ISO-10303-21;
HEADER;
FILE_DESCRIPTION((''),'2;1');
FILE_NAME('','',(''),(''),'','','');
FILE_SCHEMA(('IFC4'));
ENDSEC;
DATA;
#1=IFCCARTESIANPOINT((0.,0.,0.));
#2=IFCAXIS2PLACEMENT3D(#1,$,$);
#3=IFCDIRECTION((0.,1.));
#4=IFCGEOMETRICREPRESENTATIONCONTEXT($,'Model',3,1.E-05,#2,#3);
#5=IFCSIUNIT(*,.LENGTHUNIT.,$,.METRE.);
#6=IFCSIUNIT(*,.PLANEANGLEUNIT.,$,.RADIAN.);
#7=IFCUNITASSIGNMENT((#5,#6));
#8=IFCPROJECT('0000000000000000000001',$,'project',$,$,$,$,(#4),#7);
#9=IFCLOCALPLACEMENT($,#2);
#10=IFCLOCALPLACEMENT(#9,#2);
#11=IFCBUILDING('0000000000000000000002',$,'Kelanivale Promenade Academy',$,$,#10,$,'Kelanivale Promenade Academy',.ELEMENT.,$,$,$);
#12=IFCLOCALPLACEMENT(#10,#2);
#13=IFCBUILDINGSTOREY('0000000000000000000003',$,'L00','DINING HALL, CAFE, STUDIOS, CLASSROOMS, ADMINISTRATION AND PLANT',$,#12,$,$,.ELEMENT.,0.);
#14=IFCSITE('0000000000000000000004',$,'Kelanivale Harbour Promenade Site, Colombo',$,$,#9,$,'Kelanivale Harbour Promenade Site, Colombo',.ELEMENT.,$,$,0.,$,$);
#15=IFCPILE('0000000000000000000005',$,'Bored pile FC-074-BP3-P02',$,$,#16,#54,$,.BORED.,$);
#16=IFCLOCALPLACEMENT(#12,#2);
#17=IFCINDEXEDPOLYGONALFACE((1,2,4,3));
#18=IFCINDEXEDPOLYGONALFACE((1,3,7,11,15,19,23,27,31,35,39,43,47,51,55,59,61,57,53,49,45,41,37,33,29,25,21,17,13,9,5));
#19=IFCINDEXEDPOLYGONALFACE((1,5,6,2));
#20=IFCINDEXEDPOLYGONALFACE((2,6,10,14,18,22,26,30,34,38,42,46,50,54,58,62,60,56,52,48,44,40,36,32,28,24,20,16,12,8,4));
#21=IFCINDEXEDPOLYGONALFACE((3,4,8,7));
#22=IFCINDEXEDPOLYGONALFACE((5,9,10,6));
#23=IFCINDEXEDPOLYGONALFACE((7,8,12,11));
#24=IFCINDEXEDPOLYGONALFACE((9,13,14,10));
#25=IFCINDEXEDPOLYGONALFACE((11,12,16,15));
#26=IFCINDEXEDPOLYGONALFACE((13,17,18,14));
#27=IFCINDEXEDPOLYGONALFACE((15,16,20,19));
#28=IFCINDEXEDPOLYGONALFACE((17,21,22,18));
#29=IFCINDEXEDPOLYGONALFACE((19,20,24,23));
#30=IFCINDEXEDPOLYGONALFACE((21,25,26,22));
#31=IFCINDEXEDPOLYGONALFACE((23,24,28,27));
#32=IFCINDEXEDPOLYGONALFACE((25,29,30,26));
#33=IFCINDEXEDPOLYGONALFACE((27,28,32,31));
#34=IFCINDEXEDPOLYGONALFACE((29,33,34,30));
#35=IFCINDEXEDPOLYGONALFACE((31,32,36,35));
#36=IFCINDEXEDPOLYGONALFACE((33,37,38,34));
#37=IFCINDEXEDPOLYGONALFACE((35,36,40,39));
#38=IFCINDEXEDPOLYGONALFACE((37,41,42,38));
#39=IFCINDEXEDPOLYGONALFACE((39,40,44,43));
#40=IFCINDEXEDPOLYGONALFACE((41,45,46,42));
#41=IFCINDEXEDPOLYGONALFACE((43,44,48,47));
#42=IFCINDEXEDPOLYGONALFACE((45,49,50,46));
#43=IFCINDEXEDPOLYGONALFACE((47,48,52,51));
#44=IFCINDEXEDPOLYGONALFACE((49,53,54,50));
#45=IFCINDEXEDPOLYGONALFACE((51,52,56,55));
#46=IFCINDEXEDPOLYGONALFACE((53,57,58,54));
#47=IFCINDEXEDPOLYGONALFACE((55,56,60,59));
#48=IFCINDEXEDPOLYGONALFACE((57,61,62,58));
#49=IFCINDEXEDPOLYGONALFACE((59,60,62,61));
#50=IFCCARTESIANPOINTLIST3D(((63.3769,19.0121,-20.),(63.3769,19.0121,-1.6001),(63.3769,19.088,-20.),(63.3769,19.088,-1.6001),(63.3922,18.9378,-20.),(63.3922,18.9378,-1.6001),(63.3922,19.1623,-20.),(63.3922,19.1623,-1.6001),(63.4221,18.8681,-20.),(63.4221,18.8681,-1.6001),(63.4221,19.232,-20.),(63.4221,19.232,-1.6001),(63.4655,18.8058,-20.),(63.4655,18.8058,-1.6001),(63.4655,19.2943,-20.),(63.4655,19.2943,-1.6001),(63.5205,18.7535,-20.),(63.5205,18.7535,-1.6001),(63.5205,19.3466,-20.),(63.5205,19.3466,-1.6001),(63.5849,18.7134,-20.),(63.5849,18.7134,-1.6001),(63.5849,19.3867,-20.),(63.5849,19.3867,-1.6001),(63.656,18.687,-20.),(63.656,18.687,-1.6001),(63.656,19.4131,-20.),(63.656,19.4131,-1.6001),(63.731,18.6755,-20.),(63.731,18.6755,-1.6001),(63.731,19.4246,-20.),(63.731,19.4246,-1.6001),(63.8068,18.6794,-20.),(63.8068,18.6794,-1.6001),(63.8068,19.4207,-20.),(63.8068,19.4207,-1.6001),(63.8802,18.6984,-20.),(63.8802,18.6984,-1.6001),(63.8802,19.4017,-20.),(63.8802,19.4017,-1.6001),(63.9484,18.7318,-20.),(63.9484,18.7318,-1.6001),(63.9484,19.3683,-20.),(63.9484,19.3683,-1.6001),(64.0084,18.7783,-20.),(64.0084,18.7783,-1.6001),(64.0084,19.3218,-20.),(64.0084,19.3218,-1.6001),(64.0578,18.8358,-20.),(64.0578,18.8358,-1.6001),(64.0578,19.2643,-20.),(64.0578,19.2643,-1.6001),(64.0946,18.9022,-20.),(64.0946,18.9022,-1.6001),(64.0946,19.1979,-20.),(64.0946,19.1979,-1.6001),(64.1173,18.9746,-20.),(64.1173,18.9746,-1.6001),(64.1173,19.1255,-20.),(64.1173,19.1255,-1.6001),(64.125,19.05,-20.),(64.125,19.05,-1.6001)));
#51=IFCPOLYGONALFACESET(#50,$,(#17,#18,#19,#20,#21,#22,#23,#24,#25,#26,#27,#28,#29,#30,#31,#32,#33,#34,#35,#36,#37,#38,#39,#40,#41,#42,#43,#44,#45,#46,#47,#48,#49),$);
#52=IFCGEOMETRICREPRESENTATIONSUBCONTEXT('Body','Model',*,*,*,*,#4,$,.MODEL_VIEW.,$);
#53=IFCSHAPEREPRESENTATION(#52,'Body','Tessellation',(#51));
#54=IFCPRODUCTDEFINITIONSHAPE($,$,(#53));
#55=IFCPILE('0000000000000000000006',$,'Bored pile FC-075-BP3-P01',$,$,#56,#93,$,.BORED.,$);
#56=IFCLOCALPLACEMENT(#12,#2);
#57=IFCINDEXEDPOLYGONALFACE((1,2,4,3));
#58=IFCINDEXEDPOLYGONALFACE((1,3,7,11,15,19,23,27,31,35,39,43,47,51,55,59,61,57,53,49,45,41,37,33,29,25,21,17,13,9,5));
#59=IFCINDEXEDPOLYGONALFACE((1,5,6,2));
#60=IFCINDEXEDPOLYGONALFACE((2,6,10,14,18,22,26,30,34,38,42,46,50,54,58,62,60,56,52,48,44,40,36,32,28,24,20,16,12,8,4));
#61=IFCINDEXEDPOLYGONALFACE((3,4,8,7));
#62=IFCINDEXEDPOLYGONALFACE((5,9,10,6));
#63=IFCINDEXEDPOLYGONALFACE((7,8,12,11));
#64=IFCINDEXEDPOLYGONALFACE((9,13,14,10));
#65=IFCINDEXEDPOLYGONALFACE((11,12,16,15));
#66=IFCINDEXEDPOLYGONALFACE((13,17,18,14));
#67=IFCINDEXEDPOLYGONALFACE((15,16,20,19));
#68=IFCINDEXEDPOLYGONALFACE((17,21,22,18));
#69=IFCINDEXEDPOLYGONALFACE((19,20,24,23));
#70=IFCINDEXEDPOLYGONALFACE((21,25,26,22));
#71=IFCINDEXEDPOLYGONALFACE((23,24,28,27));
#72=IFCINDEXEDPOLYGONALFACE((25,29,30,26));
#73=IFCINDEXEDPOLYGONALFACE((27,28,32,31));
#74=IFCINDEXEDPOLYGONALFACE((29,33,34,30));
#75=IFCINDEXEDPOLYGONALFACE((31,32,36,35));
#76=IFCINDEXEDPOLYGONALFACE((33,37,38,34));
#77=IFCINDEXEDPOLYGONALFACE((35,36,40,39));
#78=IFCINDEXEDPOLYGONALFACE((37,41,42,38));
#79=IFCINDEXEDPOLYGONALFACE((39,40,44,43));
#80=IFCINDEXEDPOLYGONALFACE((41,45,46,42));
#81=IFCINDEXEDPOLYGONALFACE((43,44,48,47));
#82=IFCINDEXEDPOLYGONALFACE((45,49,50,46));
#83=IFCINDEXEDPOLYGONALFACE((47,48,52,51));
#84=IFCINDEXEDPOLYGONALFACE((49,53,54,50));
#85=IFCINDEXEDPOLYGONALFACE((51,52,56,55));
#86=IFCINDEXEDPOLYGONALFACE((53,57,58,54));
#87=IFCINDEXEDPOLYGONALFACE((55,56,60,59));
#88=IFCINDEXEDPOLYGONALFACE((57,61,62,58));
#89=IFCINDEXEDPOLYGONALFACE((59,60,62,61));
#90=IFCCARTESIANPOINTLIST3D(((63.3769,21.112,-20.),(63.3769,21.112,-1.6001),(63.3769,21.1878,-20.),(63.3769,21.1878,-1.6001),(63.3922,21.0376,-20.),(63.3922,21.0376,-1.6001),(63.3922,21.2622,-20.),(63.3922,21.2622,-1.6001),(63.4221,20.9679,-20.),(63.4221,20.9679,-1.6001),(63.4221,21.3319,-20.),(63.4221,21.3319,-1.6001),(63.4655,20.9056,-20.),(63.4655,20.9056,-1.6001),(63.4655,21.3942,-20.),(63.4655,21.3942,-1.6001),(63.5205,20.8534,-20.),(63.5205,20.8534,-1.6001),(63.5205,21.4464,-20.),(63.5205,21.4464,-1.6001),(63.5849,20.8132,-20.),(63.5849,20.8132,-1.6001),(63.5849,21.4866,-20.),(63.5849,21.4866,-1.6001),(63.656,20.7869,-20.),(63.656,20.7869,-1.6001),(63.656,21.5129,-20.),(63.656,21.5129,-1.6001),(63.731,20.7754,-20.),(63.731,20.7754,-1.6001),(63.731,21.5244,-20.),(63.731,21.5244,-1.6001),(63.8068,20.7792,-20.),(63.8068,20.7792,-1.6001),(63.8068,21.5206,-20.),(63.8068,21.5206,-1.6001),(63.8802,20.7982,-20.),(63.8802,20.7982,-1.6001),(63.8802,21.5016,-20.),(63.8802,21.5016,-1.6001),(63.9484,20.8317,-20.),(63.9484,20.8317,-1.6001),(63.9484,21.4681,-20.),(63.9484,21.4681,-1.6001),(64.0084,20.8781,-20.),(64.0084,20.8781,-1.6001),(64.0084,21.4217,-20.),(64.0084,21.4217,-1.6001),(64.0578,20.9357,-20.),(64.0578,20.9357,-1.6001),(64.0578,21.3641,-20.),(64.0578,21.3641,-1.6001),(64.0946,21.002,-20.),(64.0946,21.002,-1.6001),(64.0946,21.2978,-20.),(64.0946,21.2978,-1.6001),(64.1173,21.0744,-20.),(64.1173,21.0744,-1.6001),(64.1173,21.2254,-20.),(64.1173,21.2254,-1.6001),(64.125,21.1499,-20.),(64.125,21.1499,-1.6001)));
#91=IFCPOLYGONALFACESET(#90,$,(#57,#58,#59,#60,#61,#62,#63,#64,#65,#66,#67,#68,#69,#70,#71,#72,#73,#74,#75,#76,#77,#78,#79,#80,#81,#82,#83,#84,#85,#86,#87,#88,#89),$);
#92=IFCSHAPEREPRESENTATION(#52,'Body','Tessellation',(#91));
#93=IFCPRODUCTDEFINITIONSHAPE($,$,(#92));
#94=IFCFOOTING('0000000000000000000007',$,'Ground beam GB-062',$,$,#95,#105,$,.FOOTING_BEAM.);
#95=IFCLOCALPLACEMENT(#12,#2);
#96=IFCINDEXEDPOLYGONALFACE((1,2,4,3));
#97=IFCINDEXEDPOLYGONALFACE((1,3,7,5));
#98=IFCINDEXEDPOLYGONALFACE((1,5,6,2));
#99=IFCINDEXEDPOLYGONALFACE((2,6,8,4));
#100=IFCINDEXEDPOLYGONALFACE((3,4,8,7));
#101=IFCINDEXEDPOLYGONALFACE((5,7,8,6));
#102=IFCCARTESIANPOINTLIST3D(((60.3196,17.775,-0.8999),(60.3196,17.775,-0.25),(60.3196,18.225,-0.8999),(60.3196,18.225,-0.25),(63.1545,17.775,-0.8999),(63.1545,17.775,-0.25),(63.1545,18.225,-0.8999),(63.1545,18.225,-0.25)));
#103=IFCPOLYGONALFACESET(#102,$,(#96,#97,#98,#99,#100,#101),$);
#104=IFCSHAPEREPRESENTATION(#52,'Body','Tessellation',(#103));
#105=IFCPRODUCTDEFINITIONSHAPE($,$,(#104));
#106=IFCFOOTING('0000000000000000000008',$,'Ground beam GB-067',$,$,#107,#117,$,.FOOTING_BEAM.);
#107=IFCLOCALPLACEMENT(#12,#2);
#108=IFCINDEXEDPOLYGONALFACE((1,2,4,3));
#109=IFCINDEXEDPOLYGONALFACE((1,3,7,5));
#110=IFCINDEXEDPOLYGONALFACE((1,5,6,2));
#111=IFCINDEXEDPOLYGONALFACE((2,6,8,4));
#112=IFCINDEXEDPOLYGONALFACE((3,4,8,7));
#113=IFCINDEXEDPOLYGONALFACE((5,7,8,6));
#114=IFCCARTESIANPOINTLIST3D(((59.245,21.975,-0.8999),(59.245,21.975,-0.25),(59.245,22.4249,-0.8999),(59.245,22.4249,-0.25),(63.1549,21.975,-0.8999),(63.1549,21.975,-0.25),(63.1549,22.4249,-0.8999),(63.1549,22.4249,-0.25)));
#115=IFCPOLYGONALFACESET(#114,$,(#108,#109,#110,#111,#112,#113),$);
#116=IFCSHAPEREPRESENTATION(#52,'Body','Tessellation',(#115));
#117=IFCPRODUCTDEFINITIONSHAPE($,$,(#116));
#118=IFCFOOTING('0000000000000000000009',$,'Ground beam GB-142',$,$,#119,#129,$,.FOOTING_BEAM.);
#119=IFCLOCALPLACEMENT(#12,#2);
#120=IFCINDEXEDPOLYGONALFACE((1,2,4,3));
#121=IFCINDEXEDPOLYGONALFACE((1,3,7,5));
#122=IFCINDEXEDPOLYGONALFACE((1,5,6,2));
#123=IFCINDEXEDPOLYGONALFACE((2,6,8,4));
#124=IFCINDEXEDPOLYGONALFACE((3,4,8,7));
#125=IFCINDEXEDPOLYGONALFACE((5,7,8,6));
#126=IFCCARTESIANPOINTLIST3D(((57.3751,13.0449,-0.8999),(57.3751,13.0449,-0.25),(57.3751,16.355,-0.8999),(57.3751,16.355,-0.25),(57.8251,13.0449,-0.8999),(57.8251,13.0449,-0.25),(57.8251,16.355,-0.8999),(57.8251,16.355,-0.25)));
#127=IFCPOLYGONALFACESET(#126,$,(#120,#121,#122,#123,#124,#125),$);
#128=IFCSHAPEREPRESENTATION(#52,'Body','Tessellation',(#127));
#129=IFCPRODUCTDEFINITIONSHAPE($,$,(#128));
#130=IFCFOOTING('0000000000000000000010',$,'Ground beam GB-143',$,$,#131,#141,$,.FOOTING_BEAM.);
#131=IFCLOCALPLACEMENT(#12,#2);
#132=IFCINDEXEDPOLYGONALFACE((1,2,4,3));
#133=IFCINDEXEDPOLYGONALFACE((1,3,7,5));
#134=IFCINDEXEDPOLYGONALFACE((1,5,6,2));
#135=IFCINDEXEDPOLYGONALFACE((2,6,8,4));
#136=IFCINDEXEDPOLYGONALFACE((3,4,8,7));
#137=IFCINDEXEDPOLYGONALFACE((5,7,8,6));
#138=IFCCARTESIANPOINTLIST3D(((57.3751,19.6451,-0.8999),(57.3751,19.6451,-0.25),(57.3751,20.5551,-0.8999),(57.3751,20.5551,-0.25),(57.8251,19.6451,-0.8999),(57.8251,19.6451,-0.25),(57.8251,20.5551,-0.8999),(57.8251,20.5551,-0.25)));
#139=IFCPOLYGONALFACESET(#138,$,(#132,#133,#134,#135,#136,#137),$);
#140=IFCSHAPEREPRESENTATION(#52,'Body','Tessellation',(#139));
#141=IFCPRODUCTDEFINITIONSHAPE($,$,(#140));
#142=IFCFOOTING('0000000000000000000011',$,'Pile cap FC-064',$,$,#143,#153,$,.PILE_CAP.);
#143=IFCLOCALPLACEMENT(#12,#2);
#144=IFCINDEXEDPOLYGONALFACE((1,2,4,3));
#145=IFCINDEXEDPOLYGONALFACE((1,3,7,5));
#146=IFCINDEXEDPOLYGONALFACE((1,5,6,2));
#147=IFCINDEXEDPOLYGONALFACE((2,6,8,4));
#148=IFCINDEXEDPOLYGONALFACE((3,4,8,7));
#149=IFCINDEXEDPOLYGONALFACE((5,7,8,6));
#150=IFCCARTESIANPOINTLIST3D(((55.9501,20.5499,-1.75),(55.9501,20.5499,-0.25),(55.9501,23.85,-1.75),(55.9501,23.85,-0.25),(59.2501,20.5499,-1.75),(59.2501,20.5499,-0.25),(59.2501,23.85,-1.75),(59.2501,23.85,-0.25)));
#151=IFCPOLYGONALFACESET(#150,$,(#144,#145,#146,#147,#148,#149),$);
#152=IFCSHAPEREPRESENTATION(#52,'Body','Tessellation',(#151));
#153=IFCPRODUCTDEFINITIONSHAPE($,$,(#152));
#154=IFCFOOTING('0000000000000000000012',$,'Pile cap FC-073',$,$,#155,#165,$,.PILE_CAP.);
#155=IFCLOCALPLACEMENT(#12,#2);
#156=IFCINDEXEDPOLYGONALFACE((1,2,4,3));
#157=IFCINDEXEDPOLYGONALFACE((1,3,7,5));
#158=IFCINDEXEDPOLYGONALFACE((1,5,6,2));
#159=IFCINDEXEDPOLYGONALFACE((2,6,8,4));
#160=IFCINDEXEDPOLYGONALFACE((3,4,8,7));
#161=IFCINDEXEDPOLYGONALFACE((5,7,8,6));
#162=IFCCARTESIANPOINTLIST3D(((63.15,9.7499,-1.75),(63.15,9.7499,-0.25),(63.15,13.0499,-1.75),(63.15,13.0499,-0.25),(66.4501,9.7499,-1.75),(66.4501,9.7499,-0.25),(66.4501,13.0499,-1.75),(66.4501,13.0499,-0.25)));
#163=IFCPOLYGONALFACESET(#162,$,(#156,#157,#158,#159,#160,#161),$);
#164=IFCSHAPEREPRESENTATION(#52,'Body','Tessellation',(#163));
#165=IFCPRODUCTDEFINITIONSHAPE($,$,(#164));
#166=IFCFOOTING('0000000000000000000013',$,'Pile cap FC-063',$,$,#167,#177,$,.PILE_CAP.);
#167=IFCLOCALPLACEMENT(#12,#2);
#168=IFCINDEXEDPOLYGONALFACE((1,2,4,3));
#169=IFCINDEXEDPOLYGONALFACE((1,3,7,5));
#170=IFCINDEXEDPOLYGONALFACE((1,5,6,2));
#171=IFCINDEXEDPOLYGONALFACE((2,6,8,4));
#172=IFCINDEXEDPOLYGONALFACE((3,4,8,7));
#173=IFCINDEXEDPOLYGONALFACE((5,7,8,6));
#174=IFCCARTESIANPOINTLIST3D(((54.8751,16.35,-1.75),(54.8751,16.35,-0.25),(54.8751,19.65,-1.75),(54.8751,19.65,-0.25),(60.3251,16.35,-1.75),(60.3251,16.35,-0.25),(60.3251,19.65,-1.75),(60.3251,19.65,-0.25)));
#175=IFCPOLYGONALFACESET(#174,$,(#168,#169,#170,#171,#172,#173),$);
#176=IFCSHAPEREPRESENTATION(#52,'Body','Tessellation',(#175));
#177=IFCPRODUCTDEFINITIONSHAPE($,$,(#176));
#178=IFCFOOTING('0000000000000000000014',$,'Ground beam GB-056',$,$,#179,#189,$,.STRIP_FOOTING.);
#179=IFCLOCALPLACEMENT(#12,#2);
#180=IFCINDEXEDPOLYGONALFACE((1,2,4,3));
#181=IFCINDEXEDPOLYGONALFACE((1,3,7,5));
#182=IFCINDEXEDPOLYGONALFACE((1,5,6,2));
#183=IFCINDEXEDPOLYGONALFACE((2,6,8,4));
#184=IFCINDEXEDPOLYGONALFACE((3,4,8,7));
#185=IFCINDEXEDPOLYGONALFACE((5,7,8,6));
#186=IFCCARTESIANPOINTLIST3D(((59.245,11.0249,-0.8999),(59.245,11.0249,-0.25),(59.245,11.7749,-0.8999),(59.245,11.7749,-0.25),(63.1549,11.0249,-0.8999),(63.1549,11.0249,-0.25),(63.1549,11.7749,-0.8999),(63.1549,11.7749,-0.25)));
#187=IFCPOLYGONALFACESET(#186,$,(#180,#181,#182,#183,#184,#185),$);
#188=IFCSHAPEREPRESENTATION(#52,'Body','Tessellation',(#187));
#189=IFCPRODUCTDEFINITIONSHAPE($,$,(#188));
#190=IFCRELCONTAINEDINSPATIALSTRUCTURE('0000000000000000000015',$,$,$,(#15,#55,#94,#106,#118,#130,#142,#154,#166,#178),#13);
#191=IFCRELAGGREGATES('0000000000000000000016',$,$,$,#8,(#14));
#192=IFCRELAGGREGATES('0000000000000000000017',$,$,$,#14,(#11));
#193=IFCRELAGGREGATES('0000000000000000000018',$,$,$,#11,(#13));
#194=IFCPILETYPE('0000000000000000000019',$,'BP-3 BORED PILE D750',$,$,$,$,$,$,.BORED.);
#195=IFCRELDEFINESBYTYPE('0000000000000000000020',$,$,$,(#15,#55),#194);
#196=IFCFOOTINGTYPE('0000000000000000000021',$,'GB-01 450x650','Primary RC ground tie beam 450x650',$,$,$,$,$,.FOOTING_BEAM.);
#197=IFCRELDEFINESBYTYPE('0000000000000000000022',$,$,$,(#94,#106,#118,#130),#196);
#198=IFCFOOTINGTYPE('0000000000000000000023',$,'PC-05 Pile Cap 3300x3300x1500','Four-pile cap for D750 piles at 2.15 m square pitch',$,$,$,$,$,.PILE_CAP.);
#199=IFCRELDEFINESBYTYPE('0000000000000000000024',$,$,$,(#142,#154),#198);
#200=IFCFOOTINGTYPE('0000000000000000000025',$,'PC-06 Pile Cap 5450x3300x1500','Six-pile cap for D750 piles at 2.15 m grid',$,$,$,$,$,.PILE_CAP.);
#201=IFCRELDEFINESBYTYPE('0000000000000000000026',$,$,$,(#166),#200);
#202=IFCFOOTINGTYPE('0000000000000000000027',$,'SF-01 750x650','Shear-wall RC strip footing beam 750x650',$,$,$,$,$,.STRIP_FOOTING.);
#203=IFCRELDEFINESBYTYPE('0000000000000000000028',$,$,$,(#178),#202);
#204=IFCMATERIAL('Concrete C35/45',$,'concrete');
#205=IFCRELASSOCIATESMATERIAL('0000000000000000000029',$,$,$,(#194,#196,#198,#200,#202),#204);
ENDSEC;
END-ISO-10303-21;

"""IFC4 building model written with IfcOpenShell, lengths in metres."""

from ifc_helpers import new_model, si_unit, direction, frame, origin, origin_2d, place, context, subcontext, project, spatial, rectangle, circle, extrude, material, material_profile, profile_set, type_object, element, save


model = new_model("IFC4")

# Units and contexts
model_context = context("Model", 3, precision=1e-05, world=origin(), true_north=direction((0.0, 1.0)))
body_context = subcontext(model_context, "Body", "Model", "MODEL_VIEW")
ifc_project = project(units=[si_unit("LENGTHUNIT", "METRE"), si_unit("PLANEANGLEUNIT", "RADIAN")], contexts=[model_context])

# Site, building, storey
site_placement = place(None, origin())
site = spatial("IfcSite", under=ifc_project, at=site_placement, Name="Kelanivale Harbour Promenade Site, Colombo", LongName="Kelanivale Harbour Promenade Site, Colombo", CompositionType="ELEMENT", RefElevation=0.0)
building_placement = place(site_placement, origin())
building = spatial("IfcBuilding", under=site, at=building_placement, Name="Kelanivale Promenade Academy", LongName="Kelanivale Promenade Academy", CompositionType="ELEMENT")
storey_placement = place(building_placement, origin())
storey = spatial("IfcBuildingStorey", under=building, at=storey_placement, Name="L00", Description="DINING HALL, CAFE, STUDIOS, CLASSROOMS, ADMINISTRATION AND PLANT", CompositionType="ELEMENT", Elevation=0.0)

# Piles
ifc_material_1 = material(Name="Concrete C35/45", Category="concrete")
ifc_material_profile_1 = material_profile(ifc_material_1, circle(Radius=0.375, at=origin_2d()), Name="BORED PILE D750")
ifc_profile_set_1 = profile_set([ifc_material_profile_1], Name="Concrete C35/45")
pile_type = type_object("IfcPileType", Name="BP-3 BORED PILE D750", PredefinedType="BORED", material=ifc_profile_set_1)
for number, where, z_axis, x_axis, name in (
    (1, (63.75, 19.05, -1.6001), (0.0, 0.0, -1.0), (1.0, 0.0, 0.0), "Bored pile FC-074-BP3-P02"),
    (2, (63.75, 21.1499, -1.6001), (0.0, 0.0, -1.0), (1.0, 0.0, 0.0), "Bored pile FC-075-BP3-P01"),
):
    element("IfcPile", number, at=place(storey_placement, frame(where, z_axis=z_axis, x_axis=x_axis)), inside=storey, type_object=pile_type, Name=name, PredefinedType="BORED", context=body_context, shape_type="SweptSolid", body=[
        extrude(circle(Radius=0.375, at=origin_2d()), origin(), (0.0, 0.0, 1.0), 18.3999),
    ])

# Footings
footing_type_1 = type_object("IfcFootingType", Name="GB-01 450x650", Description="Primary RC ground tie beam 450x650", PredefinedType="FOOTING_BEAM", material=ifc_material_1)
footing_1_placement = place(storey_placement, frame((61.7371, 18.0, -0.8999), z_axis=(0.0, 0.0, 1.0), x_axis=(1.0, 0.0, 0.0)))
element("IfcFooting", 3, at=footing_1_placement, inside=storey, type_object=footing_type_1, Name="Ground beam GB-062", PredefinedType="FOOTING_BEAM", context=body_context, shape_type="SweptSolid", body=[
    extrude(rectangle(XDim=2.835, YDim=0.45, at=origin_2d()), origin(), (0.0, 0.0, 1.0), 0.6499),
])
footing_2_placement = place(storey_placement, frame((61.2, 22.2, -0.8999), z_axis=(0.0, 0.0, 1.0), x_axis=(1.0, 0.0, 0.0)))
element("IfcFooting", 4, at=footing_2_placement, inside=storey, type_object=footing_type_1, Name="Ground beam GB-067", PredefinedType="FOOTING_BEAM", context=body_context, shape_type="SweptSolid", body=[
    extrude(rectangle(XDim=3.9099, YDim=0.45, at=origin_2d()), origin(), (0.0, 0.0, 1.0), 0.6499),
])
footing_3_placement = place(storey_placement, frame((57.6001, 14.7, -0.8999), z_axis=(0.0, 0.0, 1.0), x_axis=(0.0, 1.0, 0.0)))
element("IfcFooting", 5, at=footing_3_placement, inside=storey, type_object=footing_type_1, Name="Ground beam GB-142", PredefinedType="FOOTING_BEAM", context=body_context, shape_type="SweptSolid", body=[
    extrude(rectangle(XDim=3.3101, YDim=0.45, at=origin_2d()), origin(), (0.0, 0.0, 1.0), 0.6499),
])
footing_4_placement = place(storey_placement, frame((57.6001, 20.1001, -0.8999), z_axis=(0.0, 0.0, 1.0), x_axis=(0.0, 1.0, 0.0)))
element("IfcFooting", 6, at=footing_4_placement, inside=storey, type_object=footing_type_1, Name="Ground beam GB-143", PredefinedType="FOOTING_BEAM", context=body_context, shape_type="SweptSolid", body=[
    extrude(rectangle(XDim=0.9099, YDim=0.45, at=origin_2d()), origin(), (0.0, 0.0, 1.0), 0.6499),
])
footing_type_2 = type_object("IfcFootingType", Name="PC-05 Pile Cap 3300x3300x1500", Description="Four-pile cap for D750 piles at 2.15 m square pitch", PredefinedType="PILE_CAP", material=ifc_material_1)
for number, where, z_axis, x_axis, name in (
    (7, (57.6001, 22.2, -1.75), (0.0, 0.0, 1.0), (1.0, 0.0, 0.0), "Pile cap FC-064"),
    (8, (64.8, 11.3999, -1.75), (0.0, 0.0, 1.0), (1.0, 0.0, 0.0), "Pile cap FC-073"),
):
    element("IfcFooting", number, at=place(storey_placement, frame(where, z_axis=z_axis, x_axis=x_axis)), inside=storey, type_object=footing_type_2, Name=name, PredefinedType="PILE_CAP", context=body_context, shape_type="SweptSolid", body=[
        extrude(rectangle(XDim=3.3, YDim=3.3, at=origin_2d()), origin(), (0.0, 0.0, 1.0), 1.5),
    ])
footing_type_3 = type_object("IfcFootingType", Name="PC-06 Pile Cap 5450x3300x1500", Description="Six-pile cap for D750 piles at 2.15 m grid", PredefinedType="PILE_CAP", material=ifc_material_1)
footing_5_placement = place(storey_placement, frame((57.6001, 18.0, -1.75), z_axis=(0.0, 0.0, 1.0), x_axis=(1.0, 0.0, 0.0)))
element("IfcFooting", 9, at=footing_5_placement, inside=storey, type_object=footing_type_3, Name="Pile cap FC-063", PredefinedType="PILE_CAP", context=body_context, shape_type="SweptSolid", body=[
    extrude(rectangle(XDim=5.45, YDim=3.3, at=origin_2d()), origin(), (0.0, 0.0, 1.0), 1.5),
])
footing_type_4 = type_object("IfcFootingType", Name="SF-01 750x650", Description="Shear-wall RC strip footing beam 750x650", PredefinedType="STRIP_FOOTING", material=ifc_material_1)
footing_6_placement = place(storey_placement, frame((61.2, 11.3999, -0.8999), z_axis=(0.0, 0.0, 1.0), x_axis=(1.0, 0.0, 0.0)))
element("IfcFooting", 10, at=footing_6_placement, inside=storey, type_object=footing_type_4, Name="Ground beam GB-056", PredefinedType="STRIP_FOOTING", context=body_context, shape_type="SweptSolid", body=[
    extrude(rectangle(XDim=3.9099, YDim=0.75, at=origin_2d()), origin(), (0.0, 0.0, 1.0), 0.6499),
])

save(model, "model.ifc")
